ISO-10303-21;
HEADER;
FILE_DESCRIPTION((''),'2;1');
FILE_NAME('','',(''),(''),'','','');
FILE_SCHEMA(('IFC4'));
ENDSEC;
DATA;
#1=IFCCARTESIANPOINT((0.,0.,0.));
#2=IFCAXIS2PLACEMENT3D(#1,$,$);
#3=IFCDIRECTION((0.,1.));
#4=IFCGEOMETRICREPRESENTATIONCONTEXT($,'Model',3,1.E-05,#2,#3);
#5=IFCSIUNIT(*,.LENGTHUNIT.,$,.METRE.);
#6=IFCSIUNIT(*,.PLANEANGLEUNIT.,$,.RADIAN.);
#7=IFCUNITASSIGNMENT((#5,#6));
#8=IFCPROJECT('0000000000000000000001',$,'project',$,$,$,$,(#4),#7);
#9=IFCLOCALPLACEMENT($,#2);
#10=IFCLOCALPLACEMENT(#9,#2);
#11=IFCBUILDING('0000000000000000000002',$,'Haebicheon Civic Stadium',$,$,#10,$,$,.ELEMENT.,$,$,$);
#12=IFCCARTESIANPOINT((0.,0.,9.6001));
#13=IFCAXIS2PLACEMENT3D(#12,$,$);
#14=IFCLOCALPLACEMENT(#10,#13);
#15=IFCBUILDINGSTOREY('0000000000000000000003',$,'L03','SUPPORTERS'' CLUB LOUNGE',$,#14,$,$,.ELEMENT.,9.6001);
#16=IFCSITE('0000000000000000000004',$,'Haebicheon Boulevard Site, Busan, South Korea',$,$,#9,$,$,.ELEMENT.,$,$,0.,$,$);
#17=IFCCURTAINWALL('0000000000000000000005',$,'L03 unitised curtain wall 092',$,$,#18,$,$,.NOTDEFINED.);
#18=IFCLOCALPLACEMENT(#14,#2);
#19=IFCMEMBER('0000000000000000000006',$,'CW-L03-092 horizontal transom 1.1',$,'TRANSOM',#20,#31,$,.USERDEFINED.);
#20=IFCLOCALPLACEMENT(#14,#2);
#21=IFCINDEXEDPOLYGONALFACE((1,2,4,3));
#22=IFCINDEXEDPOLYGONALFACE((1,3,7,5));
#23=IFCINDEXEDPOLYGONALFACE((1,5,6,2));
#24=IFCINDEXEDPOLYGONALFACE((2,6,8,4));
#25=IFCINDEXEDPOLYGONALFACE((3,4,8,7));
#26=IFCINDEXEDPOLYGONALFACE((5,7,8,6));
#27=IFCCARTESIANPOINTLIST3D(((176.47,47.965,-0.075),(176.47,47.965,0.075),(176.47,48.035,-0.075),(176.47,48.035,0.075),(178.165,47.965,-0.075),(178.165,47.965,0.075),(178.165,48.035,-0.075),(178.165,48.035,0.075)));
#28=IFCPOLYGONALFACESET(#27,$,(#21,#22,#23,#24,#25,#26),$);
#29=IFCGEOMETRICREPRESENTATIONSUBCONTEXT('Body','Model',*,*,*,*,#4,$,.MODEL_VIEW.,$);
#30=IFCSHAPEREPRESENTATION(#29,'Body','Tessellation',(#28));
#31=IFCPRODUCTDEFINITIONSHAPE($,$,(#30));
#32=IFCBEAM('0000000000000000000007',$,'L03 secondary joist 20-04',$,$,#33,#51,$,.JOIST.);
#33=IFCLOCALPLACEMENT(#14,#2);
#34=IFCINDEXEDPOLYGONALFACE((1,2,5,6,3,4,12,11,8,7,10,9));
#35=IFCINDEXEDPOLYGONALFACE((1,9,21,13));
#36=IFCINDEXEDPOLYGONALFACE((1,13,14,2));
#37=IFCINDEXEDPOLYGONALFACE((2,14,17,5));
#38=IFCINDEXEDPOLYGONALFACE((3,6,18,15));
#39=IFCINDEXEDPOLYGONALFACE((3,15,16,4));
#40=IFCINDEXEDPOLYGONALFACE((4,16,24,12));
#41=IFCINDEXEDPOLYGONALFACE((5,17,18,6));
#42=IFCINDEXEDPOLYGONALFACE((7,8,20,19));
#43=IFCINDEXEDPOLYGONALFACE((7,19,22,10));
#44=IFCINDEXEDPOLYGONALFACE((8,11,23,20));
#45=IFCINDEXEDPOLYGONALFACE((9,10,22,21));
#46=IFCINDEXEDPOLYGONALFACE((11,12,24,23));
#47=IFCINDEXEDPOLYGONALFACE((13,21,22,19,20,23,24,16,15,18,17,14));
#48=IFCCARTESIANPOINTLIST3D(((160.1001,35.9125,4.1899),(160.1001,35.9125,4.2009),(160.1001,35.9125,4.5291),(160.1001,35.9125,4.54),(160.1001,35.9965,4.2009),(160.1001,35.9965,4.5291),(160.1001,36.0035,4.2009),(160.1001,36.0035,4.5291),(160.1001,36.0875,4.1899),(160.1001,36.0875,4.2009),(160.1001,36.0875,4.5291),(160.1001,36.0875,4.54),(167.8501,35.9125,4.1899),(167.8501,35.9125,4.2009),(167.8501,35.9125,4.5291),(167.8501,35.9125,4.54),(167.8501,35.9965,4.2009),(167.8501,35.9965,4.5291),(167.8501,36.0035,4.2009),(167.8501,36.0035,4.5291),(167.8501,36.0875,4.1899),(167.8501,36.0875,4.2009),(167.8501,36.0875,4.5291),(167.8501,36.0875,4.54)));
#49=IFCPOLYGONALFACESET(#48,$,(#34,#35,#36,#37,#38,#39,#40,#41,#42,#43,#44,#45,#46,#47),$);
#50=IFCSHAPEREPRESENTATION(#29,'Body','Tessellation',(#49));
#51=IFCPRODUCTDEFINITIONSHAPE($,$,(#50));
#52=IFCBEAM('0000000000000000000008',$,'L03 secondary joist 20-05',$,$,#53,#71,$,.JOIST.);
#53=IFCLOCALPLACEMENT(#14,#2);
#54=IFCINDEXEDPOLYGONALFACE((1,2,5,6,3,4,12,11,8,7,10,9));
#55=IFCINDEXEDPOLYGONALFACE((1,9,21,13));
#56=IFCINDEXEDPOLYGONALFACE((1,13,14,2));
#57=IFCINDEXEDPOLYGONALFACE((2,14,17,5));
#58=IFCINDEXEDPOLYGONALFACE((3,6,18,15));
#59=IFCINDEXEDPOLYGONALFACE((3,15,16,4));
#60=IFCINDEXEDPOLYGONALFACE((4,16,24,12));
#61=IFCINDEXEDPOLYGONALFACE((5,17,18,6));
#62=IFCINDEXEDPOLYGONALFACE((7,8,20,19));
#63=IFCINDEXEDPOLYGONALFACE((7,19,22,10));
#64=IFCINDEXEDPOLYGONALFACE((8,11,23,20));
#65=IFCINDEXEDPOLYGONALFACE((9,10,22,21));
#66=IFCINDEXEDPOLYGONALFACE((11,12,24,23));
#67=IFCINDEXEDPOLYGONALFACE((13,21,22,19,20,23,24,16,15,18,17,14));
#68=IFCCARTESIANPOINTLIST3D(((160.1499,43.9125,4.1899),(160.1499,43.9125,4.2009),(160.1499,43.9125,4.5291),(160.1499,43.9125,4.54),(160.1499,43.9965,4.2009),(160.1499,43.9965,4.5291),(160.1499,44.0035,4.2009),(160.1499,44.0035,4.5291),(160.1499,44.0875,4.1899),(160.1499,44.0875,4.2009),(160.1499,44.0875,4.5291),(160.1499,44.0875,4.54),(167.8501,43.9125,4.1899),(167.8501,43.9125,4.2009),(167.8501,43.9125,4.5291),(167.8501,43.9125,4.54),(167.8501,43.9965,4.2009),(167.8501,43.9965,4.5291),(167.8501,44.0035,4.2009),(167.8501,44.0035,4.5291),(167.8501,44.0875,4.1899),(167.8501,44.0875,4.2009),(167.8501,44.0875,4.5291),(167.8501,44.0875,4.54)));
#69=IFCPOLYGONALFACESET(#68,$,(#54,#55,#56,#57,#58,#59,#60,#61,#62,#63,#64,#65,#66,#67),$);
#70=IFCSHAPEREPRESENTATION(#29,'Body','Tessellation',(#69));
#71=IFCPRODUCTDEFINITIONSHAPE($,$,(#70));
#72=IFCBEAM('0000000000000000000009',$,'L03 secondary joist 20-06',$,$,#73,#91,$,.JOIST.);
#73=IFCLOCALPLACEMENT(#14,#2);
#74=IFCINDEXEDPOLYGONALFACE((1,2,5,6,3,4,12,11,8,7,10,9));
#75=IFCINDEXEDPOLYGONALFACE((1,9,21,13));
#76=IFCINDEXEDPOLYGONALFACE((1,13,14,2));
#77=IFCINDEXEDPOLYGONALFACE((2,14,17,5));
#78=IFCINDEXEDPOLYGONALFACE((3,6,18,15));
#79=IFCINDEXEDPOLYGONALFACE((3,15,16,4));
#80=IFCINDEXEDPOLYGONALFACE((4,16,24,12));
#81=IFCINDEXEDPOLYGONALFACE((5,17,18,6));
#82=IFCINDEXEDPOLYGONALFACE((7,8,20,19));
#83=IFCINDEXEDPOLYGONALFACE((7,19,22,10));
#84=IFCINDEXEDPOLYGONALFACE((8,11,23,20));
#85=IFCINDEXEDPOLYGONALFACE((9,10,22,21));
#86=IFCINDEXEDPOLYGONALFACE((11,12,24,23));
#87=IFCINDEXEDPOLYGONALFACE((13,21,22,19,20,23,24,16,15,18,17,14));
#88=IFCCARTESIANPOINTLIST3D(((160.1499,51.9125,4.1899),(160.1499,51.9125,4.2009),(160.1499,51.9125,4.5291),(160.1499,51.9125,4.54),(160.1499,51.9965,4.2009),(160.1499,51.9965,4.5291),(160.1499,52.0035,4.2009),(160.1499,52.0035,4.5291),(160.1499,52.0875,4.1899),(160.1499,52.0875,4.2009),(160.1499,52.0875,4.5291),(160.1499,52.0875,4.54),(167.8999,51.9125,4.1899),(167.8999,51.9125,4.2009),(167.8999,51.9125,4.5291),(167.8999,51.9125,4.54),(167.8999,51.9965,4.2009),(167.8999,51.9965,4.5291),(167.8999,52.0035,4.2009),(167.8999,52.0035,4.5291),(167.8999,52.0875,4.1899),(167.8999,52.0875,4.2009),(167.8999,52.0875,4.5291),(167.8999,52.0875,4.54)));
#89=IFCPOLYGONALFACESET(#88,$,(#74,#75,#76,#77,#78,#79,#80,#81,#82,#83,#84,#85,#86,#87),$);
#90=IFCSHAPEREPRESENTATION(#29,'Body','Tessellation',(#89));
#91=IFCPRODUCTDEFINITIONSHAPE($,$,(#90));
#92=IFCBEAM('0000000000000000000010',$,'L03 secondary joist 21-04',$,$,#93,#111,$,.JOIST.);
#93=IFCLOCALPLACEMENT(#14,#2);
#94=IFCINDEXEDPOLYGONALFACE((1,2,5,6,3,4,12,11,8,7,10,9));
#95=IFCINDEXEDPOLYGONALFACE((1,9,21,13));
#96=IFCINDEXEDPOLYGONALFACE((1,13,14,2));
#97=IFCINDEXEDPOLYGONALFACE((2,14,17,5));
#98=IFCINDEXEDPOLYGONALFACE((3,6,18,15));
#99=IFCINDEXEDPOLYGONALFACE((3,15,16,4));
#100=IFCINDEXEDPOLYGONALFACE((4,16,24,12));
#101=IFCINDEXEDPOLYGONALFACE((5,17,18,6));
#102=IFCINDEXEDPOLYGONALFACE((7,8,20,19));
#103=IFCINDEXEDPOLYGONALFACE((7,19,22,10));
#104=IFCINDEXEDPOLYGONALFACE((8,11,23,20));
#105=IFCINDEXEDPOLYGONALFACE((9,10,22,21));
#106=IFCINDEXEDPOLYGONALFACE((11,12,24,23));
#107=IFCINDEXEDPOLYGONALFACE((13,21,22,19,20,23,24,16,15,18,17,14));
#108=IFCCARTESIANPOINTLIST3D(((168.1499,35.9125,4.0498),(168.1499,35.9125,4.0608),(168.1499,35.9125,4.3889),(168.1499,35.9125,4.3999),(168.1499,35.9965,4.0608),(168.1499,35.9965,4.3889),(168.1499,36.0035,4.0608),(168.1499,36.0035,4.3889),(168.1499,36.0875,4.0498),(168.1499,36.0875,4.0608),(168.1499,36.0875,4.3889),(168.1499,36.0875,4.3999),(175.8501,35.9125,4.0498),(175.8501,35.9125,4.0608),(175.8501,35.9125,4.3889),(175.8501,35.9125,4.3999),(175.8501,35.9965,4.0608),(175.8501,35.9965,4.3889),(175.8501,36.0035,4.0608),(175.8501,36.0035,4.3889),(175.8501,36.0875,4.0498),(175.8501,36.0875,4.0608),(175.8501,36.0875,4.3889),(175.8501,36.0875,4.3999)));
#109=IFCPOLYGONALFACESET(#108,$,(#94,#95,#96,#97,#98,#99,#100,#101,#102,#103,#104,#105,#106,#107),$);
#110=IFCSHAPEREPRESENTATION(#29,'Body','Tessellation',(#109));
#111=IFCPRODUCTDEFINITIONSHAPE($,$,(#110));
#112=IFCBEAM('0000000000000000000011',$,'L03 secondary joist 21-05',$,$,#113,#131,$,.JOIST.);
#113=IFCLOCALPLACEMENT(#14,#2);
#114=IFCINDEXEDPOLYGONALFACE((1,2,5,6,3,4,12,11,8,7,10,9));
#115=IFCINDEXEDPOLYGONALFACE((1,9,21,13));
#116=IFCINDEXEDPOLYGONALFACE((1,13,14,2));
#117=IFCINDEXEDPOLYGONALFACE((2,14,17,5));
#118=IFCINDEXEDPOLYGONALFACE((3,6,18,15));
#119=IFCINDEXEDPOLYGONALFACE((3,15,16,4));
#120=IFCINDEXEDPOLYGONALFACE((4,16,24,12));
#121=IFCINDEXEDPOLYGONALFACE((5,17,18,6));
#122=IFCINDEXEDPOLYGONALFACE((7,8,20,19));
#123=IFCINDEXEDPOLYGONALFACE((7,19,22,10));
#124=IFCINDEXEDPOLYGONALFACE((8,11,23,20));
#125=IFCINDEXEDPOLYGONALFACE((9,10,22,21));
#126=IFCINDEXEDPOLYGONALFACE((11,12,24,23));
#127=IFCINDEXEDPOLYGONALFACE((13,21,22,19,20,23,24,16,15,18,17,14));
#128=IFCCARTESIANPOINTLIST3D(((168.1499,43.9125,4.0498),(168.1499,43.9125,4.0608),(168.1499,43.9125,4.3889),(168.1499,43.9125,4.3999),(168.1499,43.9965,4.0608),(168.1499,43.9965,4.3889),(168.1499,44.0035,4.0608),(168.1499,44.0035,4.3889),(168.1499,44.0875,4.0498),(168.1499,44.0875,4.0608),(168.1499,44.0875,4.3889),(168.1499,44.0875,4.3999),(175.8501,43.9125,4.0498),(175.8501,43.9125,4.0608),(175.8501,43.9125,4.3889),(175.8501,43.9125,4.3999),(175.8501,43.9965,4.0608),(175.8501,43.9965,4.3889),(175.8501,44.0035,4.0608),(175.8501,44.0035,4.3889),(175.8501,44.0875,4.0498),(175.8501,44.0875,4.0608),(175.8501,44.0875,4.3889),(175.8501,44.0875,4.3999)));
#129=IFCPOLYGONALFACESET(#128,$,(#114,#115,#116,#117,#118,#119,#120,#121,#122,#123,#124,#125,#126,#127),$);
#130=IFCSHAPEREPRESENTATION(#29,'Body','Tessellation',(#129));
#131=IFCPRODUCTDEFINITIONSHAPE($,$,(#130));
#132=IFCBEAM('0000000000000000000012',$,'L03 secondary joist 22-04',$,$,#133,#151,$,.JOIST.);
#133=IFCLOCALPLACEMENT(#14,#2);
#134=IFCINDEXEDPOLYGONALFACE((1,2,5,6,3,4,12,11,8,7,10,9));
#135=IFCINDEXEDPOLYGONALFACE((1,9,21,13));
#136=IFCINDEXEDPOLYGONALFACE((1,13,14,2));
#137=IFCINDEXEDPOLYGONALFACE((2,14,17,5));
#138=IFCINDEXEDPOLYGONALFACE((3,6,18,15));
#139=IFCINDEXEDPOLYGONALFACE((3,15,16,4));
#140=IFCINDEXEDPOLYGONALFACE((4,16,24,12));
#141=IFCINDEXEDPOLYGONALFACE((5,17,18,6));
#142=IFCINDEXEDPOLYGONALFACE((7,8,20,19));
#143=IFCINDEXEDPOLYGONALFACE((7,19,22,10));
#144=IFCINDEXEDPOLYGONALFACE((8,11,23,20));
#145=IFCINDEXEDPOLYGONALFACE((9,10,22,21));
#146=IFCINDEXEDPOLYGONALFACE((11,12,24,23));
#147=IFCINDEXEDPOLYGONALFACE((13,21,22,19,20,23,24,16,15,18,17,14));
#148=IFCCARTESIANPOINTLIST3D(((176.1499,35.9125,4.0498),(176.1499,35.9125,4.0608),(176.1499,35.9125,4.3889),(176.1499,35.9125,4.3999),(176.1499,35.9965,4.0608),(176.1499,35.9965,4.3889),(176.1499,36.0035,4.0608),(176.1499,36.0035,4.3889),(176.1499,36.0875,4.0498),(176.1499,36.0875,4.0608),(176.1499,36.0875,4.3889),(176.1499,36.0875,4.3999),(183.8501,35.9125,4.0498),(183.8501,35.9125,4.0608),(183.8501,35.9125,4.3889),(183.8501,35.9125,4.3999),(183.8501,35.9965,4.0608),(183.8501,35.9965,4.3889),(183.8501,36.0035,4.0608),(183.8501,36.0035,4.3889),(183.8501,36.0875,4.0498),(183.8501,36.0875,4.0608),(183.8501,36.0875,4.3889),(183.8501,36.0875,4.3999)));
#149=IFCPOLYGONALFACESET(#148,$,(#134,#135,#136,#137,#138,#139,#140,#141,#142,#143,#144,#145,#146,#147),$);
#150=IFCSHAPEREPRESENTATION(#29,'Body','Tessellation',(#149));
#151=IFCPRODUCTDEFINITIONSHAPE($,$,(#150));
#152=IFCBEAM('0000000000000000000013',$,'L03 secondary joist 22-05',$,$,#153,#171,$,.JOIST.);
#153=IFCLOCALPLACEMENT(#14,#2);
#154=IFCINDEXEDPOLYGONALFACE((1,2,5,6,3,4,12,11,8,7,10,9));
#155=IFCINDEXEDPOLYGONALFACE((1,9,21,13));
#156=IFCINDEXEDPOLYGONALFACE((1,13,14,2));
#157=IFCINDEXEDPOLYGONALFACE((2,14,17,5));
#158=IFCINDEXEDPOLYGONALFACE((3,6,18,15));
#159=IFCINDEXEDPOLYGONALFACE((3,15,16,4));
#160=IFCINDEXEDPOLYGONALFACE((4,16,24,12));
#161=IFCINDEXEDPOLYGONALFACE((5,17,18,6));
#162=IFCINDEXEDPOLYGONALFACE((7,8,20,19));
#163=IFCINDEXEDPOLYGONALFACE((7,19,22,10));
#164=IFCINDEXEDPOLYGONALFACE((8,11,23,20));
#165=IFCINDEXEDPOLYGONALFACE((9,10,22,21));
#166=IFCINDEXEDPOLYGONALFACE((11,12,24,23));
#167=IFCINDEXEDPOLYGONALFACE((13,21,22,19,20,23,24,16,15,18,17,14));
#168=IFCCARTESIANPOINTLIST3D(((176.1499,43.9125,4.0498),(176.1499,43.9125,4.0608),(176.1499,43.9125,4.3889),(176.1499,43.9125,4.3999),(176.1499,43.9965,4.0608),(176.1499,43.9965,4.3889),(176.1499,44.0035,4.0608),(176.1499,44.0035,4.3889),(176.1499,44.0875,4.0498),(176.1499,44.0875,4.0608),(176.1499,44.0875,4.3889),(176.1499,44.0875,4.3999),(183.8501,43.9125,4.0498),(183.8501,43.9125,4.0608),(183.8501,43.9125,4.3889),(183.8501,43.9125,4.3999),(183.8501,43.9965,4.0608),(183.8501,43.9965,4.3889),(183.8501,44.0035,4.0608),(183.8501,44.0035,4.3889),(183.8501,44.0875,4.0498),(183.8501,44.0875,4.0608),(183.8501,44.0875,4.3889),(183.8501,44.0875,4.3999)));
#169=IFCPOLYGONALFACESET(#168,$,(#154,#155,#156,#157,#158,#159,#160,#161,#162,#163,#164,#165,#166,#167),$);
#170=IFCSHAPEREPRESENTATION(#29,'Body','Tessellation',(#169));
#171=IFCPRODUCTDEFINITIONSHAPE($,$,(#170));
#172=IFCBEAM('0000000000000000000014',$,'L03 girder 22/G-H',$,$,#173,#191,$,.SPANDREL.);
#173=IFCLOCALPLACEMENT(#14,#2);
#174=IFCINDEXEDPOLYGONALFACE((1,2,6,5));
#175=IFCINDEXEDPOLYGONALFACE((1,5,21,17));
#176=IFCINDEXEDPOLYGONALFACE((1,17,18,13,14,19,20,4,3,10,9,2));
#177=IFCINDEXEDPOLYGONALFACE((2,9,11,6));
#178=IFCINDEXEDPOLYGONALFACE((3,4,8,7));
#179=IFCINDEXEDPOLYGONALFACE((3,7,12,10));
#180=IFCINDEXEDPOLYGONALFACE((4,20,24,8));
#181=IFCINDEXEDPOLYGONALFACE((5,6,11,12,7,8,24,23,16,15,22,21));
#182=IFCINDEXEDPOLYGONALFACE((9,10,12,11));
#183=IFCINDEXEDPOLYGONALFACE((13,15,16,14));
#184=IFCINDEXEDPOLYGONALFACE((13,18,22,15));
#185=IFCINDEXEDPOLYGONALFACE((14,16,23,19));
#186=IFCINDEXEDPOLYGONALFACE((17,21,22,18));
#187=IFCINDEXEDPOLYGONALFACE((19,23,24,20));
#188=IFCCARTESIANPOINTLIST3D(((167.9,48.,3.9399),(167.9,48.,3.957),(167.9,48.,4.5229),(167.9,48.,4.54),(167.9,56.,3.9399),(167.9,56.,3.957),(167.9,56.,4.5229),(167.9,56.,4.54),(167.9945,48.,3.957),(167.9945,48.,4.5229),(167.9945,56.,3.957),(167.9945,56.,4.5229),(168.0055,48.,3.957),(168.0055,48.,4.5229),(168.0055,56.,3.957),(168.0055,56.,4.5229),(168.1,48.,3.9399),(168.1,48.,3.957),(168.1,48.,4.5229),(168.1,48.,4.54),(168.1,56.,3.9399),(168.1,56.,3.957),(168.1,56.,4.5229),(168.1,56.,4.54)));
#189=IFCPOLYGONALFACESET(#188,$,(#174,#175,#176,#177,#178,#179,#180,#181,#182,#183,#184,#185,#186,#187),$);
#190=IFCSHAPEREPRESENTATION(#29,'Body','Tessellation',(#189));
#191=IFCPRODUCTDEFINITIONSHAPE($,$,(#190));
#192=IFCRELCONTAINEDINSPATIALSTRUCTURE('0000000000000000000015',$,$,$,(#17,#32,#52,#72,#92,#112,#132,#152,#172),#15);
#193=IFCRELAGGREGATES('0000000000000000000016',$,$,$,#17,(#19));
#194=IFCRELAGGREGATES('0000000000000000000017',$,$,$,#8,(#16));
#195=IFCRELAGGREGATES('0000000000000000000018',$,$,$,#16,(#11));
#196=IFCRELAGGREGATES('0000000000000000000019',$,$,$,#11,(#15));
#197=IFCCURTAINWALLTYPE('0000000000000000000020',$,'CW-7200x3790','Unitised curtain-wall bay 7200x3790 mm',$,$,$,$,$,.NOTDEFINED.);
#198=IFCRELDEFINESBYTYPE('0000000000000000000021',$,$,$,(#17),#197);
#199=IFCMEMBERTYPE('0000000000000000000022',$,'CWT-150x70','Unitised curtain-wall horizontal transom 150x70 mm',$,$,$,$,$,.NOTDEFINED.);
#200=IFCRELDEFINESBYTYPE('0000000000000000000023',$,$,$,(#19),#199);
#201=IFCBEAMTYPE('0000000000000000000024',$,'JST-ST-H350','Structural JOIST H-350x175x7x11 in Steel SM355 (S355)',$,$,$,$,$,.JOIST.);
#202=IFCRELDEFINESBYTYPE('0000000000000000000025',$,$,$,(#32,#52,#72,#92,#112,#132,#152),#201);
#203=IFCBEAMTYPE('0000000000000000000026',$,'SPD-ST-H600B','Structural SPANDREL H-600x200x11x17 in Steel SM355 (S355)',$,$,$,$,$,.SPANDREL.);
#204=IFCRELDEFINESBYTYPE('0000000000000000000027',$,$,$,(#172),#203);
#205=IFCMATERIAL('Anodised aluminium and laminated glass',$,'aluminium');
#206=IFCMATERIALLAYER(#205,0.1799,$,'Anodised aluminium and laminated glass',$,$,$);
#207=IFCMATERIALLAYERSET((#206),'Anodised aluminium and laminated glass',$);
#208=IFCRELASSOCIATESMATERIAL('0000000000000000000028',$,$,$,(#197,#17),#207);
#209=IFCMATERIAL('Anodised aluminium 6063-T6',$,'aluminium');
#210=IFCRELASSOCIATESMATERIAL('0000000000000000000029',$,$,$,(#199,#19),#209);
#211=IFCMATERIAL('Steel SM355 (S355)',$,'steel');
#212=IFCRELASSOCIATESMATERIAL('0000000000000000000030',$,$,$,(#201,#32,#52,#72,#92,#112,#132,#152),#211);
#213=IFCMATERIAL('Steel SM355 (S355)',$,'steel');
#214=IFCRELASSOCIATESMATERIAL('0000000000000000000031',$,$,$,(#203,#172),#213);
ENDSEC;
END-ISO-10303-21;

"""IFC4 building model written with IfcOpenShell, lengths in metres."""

from ifc_helpers import new_model, si_unit, direction, frame, origin, origin_2d, place, context, subcontext, project, spatial, rectangle, i_section, extrude, material, layer, layer_set, material_profile, profile_set, type_object, element, aggregate, save


model = new_model("IFC4")

# Units and contexts
model_context = context("Model", 3, precision=1e-05, world=origin(), true_north=direction((0.0, 1.0)))
body_context = subcontext(model_context, "Body", "Model", "MODEL_VIEW")
ifc_project = project(units=[si_unit("LENGTHUNIT", "METRE"), si_unit("PLANEANGLEUNIT", "RADIAN")], contexts=[model_context])

# Site, building, storey
site_placement = place(None, origin())
site = spatial("IfcSite", under=ifc_project, at=site_placement, Name="Haebicheon Boulevard Site, Busan, South Korea", CompositionType="ELEMENT", RefElevation=0.0)
building_placement = place(site_placement, origin())
building = spatial("IfcBuilding", under=site, at=building_placement, Name="Haebicheon Civic Stadium", CompositionType="ELEMENT")
storey_placement = place(building_placement, frame((0.0, 0.0, 9.6001)))
storey = spatial("IfcBuildingStorey", under=building, at=storey_placement, Name="L03", Description="SUPPORTERS' CLUB LOUNGE", CompositionType="ELEMENT", Elevation=9.6001)

# Curtain wall, member
ifc_material_1 = material(Name="Anodised aluminium and laminated glass", Category="aluminium")
ifc_layer_1 = layer(ifc_material_1, 0.1799, Name="Anodised aluminium and laminated glass")
ifc_layer_set_1 = layer_set([ifc_layer_1], Name="Anodised aluminium and laminated glass")
curtain_wall_type = type_object("IfcCurtainWallType", Name="CW-7200x3790", Description="Unitised curtain-wall bay 7200x3790 mm", PredefinedType="NOTDEFINED", material=ifc_layer_set_1)
curtain_wall_placement = place(storey_placement, origin())
curtain_wall = element("IfcCurtainWall", 1, at=curtain_wall_placement, inside=storey, type_object=curtain_wall_type, material=ifc_layer_set_1, Name="L03 unitised curtain wall 092", PredefinedType="NOTDEFINED")
ifc_material_2 = material(Name="Anodised aluminium 6063-T6", Category="aluminium")
ifc_material_profile_1 = material_profile(ifc_material_2, rectangle(XDim=0.0701, YDim=0.1499, at=origin_2d()), Name="ALU-TRAN-70x150")
ifc_profile_set_1 = profile_set([ifc_material_profile_1], Name="Anodised aluminium 6063-T6")
member_type_1 = type_object("IfcMemberType", Name="CWT-150x70", Description="Unitised curtain-wall horizontal transom 150x70 mm", PredefinedType="NOTDEFINED", material=ifc_profile_set_1)
member_1_placement = place(storey_placement, frame((176.47, 48.0, 0.0), z_axis=(1.0, 0.0, 0.0), x_axis=(0.0, 1.0, 0.0)))
member_1 = element("IfcMember", 2, at=member_1_placement, type_object=member_type_1, material=ifc_profile_set_1, Name="CW-L03-092 horizontal transom 1.1", ObjectType="TRANSOM", PredefinedType="USERDEFINED", context=body_context, shape_type="SweptSolid", body=[
    extrude(rectangle(XDim=0.0701, YDim=0.1499, at=origin_2d()), origin(), (0.0, 0.0, 1.0), 1.6951),
])
aggregate(curtain_wall, [member_1])

# Beams
ifc_material_3 = material(Name="Steel SM355 (S355)", Category="steel")
ifc_material_profile_2 = material_profile(ifc_material_3, i_section(OverallWidth=0.175, OverallDepth=0.3501, WebThickness=0.0071, FlangeThickness=0.011, at=origin_2d()), Name="H-350x175x7x11")
ifc_profile_set_2 = profile_set([ifc_material_profile_2], Name="Steel SM355 (S355)")
beam_type_1 = type_object("IfcBeamType", Name="JST-ST-H350", Description="Structural JOIST H-350x175x7x11 in Steel SM355 (S355)", PredefinedType="JOIST", material=ifc_profile_set_2)
beam_1_placement = place(storey_placement, frame((160.1001, 36.0, 4.365), z_axis=(1.0, 0.0, 0.0), x_axis=(0.0, 1.0, 0.0)))
element("IfcBeam", 3, at=beam_1_placement, inside=storey, type_object=beam_type_1, material=ifc_profile_set_2, Name="L03 secondary joist 20-04", PredefinedType="JOIST", context=body_context, shape_type="SweptSolid", body=[
    extrude(i_section(OverallWidth=0.175, OverallDepth=0.3501, WebThickness=0.0071, FlangeThickness=0.011, at=origin_2d()), origin(), (0.0, 0.0, 1.0), 7.75),
])
beam_2_placement = place(storey_placement, frame((160.1499, 44.0, 4.365), z_axis=(1.0, 0.0, 0.0), x_axis=(0.0, 1.0, 0.0)))
element("IfcBeam", 4, at=beam_2_placement, inside=storey, type_object=beam_type_1, material=ifc_profile_set_2, Name="L03 secondary joist 20-05", PredefinedType="JOIST", context=body_context, shape_type="SweptSolid", body=[
    extrude(i_section(OverallWidth=0.175, OverallDepth=0.3501, WebThickness=0.0071, FlangeThickness=0.011, at=origin_2d()), origin(), (0.0, 0.0, 1.0), 7.7002),
])
beam_3_placement = place(storey_placement, frame((160.1499, 52.0, 4.365), z_axis=(1.0, 0.0, 0.0), x_axis=(0.0, 1.0, 0.0)))
element("IfcBeam", 5, at=beam_3_placement, inside=storey, type_object=beam_type_1, material=ifc_profile_set_2, Name="L03 secondary joist 20-06", PredefinedType="JOIST", context=body_context, shape_type="SweptSolid", body=[
    extrude(i_section(OverallWidth=0.175, OverallDepth=0.3501, WebThickness=0.0071, FlangeThickness=0.011, at=origin_2d()), origin(), (0.0, 0.0, 1.0), 7.75),
])
for number, where, z_axis, x_axis, name in (
    (6, (168.1499, 36.0, 4.2249), (1.0, 0.0, 0.0), (0.0, 1.0, 0.0), "L03 secondary joist 21-04"),
    (7, (168.1499, 44.0, 4.2249), (1.0, 0.0, 0.0), (0.0, 1.0, 0.0), "L03 secondary joist 21-05"),
    (8, (176.1499, 36.0, 4.2249), (1.0, 0.0, 0.0), (0.0, 1.0, 0.0), "L03 secondary joist 22-04"),
    (9, (176.1499, 44.0, 4.2249), (1.0, 0.0, 0.0), (0.0, 1.0, 0.0), "L03 secondary joist 22-05"),
):
    element("IfcBeam", number, at=place(storey_placement, frame(where, z_axis=z_axis, x_axis=x_axis)), inside=storey, type_object=beam_type_1, material=ifc_profile_set_2, Name=name, PredefinedType="JOIST", context=body_context, shape_type="SweptSolid", body=[
        extrude(i_section(OverallWidth=0.175, OverallDepth=0.3501, WebThickness=0.0071, FlangeThickness=0.011, at=origin_2d()), origin(), (0.0, 0.0, 1.0), 7.7002),
    ])
ifc_material_4 = material(Name="Steel SM355 (S355)", Category="steel")
ifc_material_profile_3 = material_profile(ifc_material_4, i_section(OverallWidth=0.2, OverallDepth=0.6001, WebThickness=0.011, FlangeThickness=0.0171, at=origin_2d()), Name="H-600x200x11x17")
ifc_profile_set_3 = profile_set([ifc_material_profile_3], Name="Steel SM355 (S355)")
beam_type_2 = type_object("IfcBeamType", Name="SPD-ST-H600B", Description="Structural SPANDREL H-600x200x11x17 in Steel SM355 (S355)", PredefinedType="SPANDREL", material=ifc_profile_set_3)
for number, where, z_axis, x_axis, name in (
    (10, (168.0, 48.0, 4.24), (0.0, 1.0, 0.0), (-1.0, 0.0, 0.0), "L03 girder 22/G-H"),
):
    element("IfcBeam", number, at=place(storey_placement, frame(where, z_axis=z_axis, x_axis=x_axis)), inside=storey, type_object=beam_type_2, material=ifc_profile_set_3, Name=name, PredefinedType="SPANDREL", context=body_context, shape_type="SweptSolid", body=[
        extrude(i_section(OverallWidth=0.2, OverallDepth=0.6001, WebThickness=0.011, FlangeThickness=0.0171, at=origin_2d()), origin(), (0.0, 0.0, 1.0), 8.0),
    ])

save(model, "model.ifc")
